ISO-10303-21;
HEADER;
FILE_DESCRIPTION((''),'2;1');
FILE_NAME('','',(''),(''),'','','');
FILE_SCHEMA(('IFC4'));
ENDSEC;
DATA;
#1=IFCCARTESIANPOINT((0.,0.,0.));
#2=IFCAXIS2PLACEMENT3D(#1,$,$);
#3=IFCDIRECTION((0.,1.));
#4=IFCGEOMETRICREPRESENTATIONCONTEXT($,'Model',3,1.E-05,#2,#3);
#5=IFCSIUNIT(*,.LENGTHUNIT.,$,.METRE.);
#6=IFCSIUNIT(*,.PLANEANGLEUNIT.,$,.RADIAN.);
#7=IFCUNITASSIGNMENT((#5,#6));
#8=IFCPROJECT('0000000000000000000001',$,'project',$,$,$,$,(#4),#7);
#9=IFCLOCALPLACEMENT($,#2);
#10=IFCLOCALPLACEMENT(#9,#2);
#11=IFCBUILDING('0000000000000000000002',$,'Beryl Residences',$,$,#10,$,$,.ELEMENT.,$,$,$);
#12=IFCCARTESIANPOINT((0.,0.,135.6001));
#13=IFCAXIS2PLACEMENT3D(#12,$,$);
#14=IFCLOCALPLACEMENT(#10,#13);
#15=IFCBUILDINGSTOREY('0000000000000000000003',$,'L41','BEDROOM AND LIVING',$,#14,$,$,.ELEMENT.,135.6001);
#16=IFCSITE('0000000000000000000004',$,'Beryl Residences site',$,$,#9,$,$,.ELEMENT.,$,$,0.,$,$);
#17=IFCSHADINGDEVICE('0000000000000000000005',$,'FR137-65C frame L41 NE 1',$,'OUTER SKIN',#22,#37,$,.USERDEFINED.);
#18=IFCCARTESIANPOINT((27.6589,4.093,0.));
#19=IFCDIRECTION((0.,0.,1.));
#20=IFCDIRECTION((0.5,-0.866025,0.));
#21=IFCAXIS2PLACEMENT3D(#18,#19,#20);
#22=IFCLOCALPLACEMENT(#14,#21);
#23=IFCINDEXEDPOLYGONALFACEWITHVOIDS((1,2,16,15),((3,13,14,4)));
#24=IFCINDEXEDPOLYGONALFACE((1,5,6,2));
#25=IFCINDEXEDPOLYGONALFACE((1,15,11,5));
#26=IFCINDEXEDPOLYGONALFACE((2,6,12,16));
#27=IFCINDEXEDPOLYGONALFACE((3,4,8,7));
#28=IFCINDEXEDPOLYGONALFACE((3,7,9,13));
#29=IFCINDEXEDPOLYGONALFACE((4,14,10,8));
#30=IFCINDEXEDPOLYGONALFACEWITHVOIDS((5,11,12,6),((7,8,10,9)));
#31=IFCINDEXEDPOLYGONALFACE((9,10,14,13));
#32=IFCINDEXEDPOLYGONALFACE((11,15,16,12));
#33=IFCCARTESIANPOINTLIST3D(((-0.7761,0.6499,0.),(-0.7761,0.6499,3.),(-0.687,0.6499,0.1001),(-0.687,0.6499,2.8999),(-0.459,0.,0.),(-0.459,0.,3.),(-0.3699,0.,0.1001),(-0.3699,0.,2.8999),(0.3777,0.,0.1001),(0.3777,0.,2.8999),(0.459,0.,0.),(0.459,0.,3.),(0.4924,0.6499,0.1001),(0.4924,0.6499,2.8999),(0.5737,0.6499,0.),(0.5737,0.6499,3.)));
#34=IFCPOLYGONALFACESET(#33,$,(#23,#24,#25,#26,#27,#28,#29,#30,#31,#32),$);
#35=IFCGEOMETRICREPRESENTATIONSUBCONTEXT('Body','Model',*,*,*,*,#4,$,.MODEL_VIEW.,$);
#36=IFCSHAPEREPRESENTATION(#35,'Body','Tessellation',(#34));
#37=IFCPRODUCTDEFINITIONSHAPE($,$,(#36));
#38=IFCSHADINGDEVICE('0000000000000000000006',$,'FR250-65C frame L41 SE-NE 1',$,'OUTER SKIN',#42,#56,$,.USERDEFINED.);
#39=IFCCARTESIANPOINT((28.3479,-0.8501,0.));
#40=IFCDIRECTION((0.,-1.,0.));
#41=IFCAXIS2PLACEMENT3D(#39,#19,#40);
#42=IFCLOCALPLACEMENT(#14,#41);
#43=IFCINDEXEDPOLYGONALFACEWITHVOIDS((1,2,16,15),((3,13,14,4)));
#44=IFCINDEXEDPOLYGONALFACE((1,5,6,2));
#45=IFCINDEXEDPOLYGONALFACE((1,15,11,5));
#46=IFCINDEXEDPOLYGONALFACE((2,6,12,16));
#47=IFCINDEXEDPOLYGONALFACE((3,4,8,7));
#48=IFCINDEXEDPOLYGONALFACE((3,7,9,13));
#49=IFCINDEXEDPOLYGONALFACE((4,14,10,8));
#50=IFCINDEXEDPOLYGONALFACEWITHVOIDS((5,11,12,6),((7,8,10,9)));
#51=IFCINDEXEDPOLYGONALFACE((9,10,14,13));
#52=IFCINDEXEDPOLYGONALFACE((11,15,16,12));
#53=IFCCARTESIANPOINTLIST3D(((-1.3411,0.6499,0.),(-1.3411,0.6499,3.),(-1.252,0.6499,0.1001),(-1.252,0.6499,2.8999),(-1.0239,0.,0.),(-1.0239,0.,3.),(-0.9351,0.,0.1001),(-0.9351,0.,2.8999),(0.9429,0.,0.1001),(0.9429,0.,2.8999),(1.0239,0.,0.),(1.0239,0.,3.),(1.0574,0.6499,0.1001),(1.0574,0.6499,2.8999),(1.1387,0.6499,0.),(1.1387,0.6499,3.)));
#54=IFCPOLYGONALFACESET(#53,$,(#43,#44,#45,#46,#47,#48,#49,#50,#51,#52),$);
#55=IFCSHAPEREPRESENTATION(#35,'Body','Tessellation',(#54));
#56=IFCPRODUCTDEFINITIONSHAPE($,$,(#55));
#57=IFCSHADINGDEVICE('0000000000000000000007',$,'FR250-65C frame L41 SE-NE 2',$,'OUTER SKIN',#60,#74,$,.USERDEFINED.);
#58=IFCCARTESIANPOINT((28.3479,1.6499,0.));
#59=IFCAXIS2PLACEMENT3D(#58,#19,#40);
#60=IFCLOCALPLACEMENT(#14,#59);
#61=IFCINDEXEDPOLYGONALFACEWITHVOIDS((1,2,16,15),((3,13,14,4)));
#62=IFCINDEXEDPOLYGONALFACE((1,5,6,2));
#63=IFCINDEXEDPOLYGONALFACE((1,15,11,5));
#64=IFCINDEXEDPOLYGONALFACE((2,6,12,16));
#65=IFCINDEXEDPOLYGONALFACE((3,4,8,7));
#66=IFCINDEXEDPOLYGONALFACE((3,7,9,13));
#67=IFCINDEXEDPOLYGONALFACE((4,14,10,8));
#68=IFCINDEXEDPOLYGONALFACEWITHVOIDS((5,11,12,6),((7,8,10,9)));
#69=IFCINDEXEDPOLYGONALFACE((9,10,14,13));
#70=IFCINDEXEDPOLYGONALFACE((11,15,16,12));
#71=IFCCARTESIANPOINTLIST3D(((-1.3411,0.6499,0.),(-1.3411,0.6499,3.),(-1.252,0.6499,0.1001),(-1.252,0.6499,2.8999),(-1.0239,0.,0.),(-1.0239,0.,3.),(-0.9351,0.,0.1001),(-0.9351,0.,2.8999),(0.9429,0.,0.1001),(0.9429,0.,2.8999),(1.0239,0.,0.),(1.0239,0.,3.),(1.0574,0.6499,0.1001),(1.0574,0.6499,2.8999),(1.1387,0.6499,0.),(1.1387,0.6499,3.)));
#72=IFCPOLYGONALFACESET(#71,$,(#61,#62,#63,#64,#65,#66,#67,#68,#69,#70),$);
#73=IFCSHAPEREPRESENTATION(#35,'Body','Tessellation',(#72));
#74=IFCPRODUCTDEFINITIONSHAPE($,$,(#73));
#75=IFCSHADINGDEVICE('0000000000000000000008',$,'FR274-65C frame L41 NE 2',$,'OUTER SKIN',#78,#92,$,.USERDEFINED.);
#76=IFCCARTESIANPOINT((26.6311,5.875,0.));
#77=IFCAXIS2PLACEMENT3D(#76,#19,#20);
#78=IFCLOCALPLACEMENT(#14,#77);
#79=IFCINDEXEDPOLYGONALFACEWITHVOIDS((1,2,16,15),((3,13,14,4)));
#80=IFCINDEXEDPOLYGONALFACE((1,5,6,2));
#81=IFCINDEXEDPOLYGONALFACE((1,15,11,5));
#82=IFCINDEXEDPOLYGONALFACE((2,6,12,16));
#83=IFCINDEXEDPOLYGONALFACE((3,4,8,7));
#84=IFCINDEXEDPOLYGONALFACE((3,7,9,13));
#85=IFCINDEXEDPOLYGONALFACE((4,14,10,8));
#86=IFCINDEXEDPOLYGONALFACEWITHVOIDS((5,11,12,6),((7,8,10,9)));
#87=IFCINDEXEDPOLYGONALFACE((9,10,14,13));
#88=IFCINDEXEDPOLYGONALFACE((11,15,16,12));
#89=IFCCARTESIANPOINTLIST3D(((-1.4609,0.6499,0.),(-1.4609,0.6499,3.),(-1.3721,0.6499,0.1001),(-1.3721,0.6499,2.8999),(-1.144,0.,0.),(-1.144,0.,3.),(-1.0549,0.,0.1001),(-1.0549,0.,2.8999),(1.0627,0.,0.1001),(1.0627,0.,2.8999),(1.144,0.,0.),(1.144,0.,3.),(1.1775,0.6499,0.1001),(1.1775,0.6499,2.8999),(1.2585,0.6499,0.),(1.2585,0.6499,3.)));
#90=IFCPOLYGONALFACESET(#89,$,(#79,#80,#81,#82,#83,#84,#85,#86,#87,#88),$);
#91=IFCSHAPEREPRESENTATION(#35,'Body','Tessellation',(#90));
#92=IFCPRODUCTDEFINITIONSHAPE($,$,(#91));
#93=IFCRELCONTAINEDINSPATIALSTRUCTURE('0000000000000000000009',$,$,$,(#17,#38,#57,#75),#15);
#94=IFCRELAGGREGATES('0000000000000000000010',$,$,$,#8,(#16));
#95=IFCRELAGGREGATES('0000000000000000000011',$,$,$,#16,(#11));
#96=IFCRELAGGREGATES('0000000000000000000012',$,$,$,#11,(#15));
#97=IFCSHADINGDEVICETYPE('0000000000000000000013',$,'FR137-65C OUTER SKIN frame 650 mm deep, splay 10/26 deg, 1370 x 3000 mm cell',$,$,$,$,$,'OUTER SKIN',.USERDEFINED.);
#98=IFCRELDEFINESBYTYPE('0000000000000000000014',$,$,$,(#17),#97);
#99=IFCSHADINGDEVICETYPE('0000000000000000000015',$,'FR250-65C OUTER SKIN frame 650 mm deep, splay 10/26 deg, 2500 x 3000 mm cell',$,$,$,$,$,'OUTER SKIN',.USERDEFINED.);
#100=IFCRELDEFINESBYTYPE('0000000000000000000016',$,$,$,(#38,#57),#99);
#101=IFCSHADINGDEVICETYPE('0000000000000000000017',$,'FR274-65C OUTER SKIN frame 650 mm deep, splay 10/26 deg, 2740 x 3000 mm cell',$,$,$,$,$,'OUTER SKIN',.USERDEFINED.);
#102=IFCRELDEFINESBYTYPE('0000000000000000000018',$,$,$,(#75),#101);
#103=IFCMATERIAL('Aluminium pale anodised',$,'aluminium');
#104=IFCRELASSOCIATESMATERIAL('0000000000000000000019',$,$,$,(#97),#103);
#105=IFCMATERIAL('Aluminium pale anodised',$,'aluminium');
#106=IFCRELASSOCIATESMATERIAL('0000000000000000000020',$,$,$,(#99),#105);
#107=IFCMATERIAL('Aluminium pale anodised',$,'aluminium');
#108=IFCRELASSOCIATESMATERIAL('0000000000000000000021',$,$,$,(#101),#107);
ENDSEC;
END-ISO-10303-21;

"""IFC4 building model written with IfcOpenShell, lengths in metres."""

from ifc_helpers import new_model, entity, si_unit, direction, frame, origin, place, context, subcontext, project, spatial, source, transform, mapped, material, type_object, type_shapes, element, save


model = new_model("IFC4")

# Units and contexts
model_context = context("Model", 3, precision=1e-05, world=origin(), true_north=direction((0.0, 1.0)))
body_context = subcontext(model_context, "Body", "Model", "MODEL_VIEW")
ifc_project = project(units=[si_unit("LENGTHUNIT", "METRE"), si_unit("PLANEANGLEUNIT", "RADIAN")], contexts=[model_context])

# Site, building, storey
site_placement = place(None, origin())
site = spatial("IfcSite", under=ifc_project, at=site_placement, Name="Beryl Residences site", CompositionType="ELEMENT", RefElevation=0.0)
building_placement = place(site_placement, origin())
building = spatial("IfcBuilding", under=site, at=building_placement, Name="Beryl Residences", CompositionType="ELEMENT")
storey_placement = place(building_placement, frame((0.0, 0.0, 135.6001)))
storey = spatial("IfcBuildingStorey", under=building, at=storey_placement, Name="L41", Description="BEDROOM AND LIVING", CompositionType="ELEMENT", Elevation=135.6001)

# Shading devices
ifc_material_1 = material(Name="Aluminium pale anodised", Category="aluminium")
shading_device_type_1 = type_object("IfcShadingDeviceType", Name="FR137-65C OUTER SKIN frame 650 mm deep, splay 10/26 deg, 1370 x 3000 mm cell", ElementType="OUTER SKIN", PredefinedType="USERDEFINED", material=ifc_material_1)
cartesian_point_1 = entity("IfcCartesianPoint", [-0.459, 0.0])
cartesian_point_2 = entity("IfcCartesianPoint", [-0.3777, 0.1001])
cartesian_point_3 = entity("IfcCartesianPoint", [-0.5737, 0.0])
cartesian_point_4 = entity("IfcCartesianPoint", [-0.4924, 0.1001])
shared_shape_1 = source(origin(), body_context, "Body", "SweptSolid", [
    entity("IfcExtrudedAreaSolidTapered", entity("IfcArbitraryProfileDefWithVoids", "AREA", None, entity("IfcPolyline", [cartesian_point_1, entity("IfcCartesianPoint", [0.459, 0.0]), entity("IfcCartesianPoint", [0.459, 3.0]), entity("IfcCartesianPoint", [-0.459, 3.0]), cartesian_point_1]), [entity("IfcPolyline", [cartesian_point_2, entity("IfcCartesianPoint", [0.3699, 0.1001]), entity("IfcCartesianPoint", [0.3699, 2.8999]), entity("IfcCartesianPoint", [-0.3777, 2.8999]), cartesian_point_2])]), entity("IfcAxis2Placement3D", entity("IfcCartesianPoint", [0.0, 0.0, 0.0]), entity("IfcDirection", [0.0, 1.0, 0.0]), entity("IfcDirection", [-1.0, 0.0, 0.0])), entity("IfcDirection", [0.0, 0.0, 1.0]), 0.6499, entity("IfcArbitraryProfileDefWithVoids", "AREA", None, entity("IfcPolyline", [cartesian_point_3, entity("IfcCartesianPoint", [0.7761, 0.0]), entity("IfcCartesianPoint", [0.7761, 3.0]), entity("IfcCartesianPoint", [-0.5737, 3.0]), cartesian_point_3]), [entity("IfcPolyline", [cartesian_point_4, entity("IfcCartesianPoint", [0.687, 0.1001]), entity("IfcCartesianPoint", [0.687, 2.8999]), entity("IfcCartesianPoint", [-0.4924, 2.8999]), cartesian_point_4])])),
])
type_shapes(shading_device_type_1, [shared_shape_1])
shading_device_1_placement = place(storey_placement, frame((27.6589, 4.093, 0.0), z_axis=(0.0, 0.0, 1.0), x_axis=(0.5, -0.866025, 0.0)))
element("IfcShadingDevice", 1, at=shading_device_1_placement, inside=storey, type_object=shading_device_type_1, Name="FR137-65C frame L41 NE 1", ObjectType="OUTER SKIN", PredefinedType="USERDEFINED", context=body_context, shape_type="MappedRepresentation", body=[
    mapped(shared_shape_1, transform((0.0, 0.0, 0.0))),
])
ifc_material_2 = material(Name="Aluminium pale anodised", Category="aluminium")
shading_device_type_2 = type_object("IfcShadingDeviceType", Name="FR250-65C OUTER SKIN frame 650 mm deep, splay 10/26 deg, 2500 x 3000 mm cell", ElementType="OUTER SKIN", PredefinedType="USERDEFINED", material=ifc_material_2)
cartesian_point_5 = entity("IfcCartesianPoint", [-1.0239, 0.0])
cartesian_point_6 = entity("IfcCartesianPoint", [-0.9429, 0.1001])
cartesian_point_7 = entity("IfcCartesianPoint", [-1.1387, 0.0])
cartesian_point_8 = entity("IfcCartesianPoint", [-1.0574, 0.1001])
shared_shape_2 = source(origin(), body_context, "Body", "SweptSolid", [
    entity("IfcExtrudedAreaSolidTapered", entity("IfcArbitraryProfileDefWithVoids", "AREA", None, entity("IfcPolyline", [cartesian_point_5, entity("IfcCartesianPoint", [1.0239, 0.0]), entity("IfcCartesianPoint", [1.0239, 3.0]), entity("IfcCartesianPoint", [-1.0239, 3.0]), cartesian_point_5]), [entity("IfcPolyline", [cartesian_point_6, entity("IfcCartesianPoint", [0.9351, 0.1001]), entity("IfcCartesianPoint", [0.9351, 2.8999]), entity("IfcCartesianPoint", [-0.9429, 2.8999]), cartesian_point_6])]), entity("IfcAxis2Placement3D", entity("IfcCartesianPoint", [0.0, 0.0, 0.0]), entity("IfcDirection", [0.0, 1.0, 0.0]), entity("IfcDirection", [-1.0, 0.0, 0.0])), entity("IfcDirection", [0.0, 0.0, 1.0]), 0.6499, entity("IfcArbitraryProfileDefWithVoids", "AREA", None, entity("IfcPolyline", [cartesian_point_7, entity("IfcCartesianPoint", [1.3411, 0.0]), entity("IfcCartesianPoint", [1.3411, 3.0]), entity("IfcCartesianPoint", [-1.1387, 3.0]), cartesian_point_7]), [entity("IfcPolyline", [cartesian_point_8, entity("IfcCartesianPoint", [1.252, 0.1001]), entity("IfcCartesianPoint", [1.252, 2.8999]), entity("IfcCartesianPoint", [-1.0574, 2.8999]), cartesian_point_8])])),
])
type_shapes(shading_device_type_2, [shared_shape_2])
for number, where, z_axis, x_axis, name in (
    (2, (28.3479, -0.8501, 0.0), (0.0, 0.0, 1.0), (0.0, -1.0, 0.0), "FR250-65C frame L41 SE-NE 1"),
    (3, (28.3479, 1.6499, 0.0), (0.0, 0.0, 1.0), (0.0, -1.0, 0.0), "FR250-65C frame L41 SE-NE 2"),
):
    element("IfcShadingDevice", number, at=place(storey_placement, frame(where, z_axis=z_axis, x_axis=x_axis)), inside=storey, type_object=shading_device_type_2, Name=name, ObjectType="OUTER SKIN", PredefinedType="USERDEFINED", context=body_context, shape_type="MappedRepresentation", body=[
        mapped(shared_shape_2, transform((0.0, 0.0, 0.0))),
    ])
ifc_material_3 = material(Name="Aluminium pale anodised", Category="aluminium")
shading_device_type_3 = type_object("IfcShadingDeviceType", Name="FR274-65C OUTER SKIN frame 650 mm deep, splay 10/26 deg, 2740 x 3000 mm cell", ElementType="OUTER SKIN", PredefinedType="USERDEFINED", material=ifc_material_3)
cartesian_point_9 = entity("IfcCartesianPoint", [-1.144, 0.0])
cartesian_point_10 = entity("IfcCartesianPoint", [-1.0627, 0.1001])
cartesian_point_11 = entity("IfcCartesianPoint", [-1.2585, 0.0])
cartesian_point_12 = entity("IfcCartesianPoint", [-1.1775, 0.1001])
shared_shape_3 = source(origin(), body_context, "Body", "SweptSolid", [
    entity("IfcExtrudedAreaSolidTapered", entity("IfcArbitraryProfileDefWithVoids", "AREA", None, entity("IfcPolyline", [cartesian_point_9, entity("IfcCartesianPoint", [1.144, 0.0]), entity("IfcCartesianPoint", [1.144, 3.0]), entity("IfcCartesianPoint", [-1.144, 3.0]), cartesian_point_9]), [entity("IfcPolyline", [cartesian_point_10, entity("IfcCartesianPoint", [1.0549, 0.1001]), entity("IfcCartesianPoint", [1.0549, 2.8999]), entity("IfcCartesianPoint", [-1.0627, 2.8999]), cartesian_point_10])]), entity("IfcAxis2Placement3D", entity("IfcCartesianPoint", [0.0, 0.0, 0.0]), entity("IfcDirection", [0.0, 1.0, 0.0]), entity("IfcDirection", [-1.0, 0.0, 0.0])), entity("IfcDirection", [0.0, 0.0, 1.0]), 0.6499, entity("IfcArbitraryProfileDefWithVoids", "AREA", None, entity("IfcPolyline", [cartesian_point_11, entity("IfcCartesianPoint", [1.4609, 0.0]), entity("IfcCartesianPoint", [1.4609, 3.0]), entity("IfcCartesianPoint", [-1.2585, 3.0]), cartesian_point_11]), [entity("IfcPolyline", [cartesian_point_12, entity("IfcCartesianPoint", [1.3721, 0.1001]), entity("IfcCartesianPoint", [1.3721, 2.8999]), entity("IfcCartesianPoint", [-1.1775, 2.8999]), cartesian_point_12])])),
])
type_shapes(shading_device_type_3, [shared_shape_3])
shading_device_2_placement = place(storey_placement, frame((26.6311, 5.875, 0.0), z_axis=(0.0, 0.0, 1.0), x_axis=(0.5, -0.866025, 0.0)))
element("IfcShadingDevice", 4, at=shading_device_2_placement, inside=storey, type_object=shading_device_type_3, Name="FR274-65C frame L41 NE 2", ObjectType="OUTER SKIN", PredefinedType="USERDEFINED", context=body_context, shape_type="MappedRepresentation", body=[
    mapped(shared_shape_3, transform((0.0, 0.0, 0.0))),
])

save(model, "model.ifc")
